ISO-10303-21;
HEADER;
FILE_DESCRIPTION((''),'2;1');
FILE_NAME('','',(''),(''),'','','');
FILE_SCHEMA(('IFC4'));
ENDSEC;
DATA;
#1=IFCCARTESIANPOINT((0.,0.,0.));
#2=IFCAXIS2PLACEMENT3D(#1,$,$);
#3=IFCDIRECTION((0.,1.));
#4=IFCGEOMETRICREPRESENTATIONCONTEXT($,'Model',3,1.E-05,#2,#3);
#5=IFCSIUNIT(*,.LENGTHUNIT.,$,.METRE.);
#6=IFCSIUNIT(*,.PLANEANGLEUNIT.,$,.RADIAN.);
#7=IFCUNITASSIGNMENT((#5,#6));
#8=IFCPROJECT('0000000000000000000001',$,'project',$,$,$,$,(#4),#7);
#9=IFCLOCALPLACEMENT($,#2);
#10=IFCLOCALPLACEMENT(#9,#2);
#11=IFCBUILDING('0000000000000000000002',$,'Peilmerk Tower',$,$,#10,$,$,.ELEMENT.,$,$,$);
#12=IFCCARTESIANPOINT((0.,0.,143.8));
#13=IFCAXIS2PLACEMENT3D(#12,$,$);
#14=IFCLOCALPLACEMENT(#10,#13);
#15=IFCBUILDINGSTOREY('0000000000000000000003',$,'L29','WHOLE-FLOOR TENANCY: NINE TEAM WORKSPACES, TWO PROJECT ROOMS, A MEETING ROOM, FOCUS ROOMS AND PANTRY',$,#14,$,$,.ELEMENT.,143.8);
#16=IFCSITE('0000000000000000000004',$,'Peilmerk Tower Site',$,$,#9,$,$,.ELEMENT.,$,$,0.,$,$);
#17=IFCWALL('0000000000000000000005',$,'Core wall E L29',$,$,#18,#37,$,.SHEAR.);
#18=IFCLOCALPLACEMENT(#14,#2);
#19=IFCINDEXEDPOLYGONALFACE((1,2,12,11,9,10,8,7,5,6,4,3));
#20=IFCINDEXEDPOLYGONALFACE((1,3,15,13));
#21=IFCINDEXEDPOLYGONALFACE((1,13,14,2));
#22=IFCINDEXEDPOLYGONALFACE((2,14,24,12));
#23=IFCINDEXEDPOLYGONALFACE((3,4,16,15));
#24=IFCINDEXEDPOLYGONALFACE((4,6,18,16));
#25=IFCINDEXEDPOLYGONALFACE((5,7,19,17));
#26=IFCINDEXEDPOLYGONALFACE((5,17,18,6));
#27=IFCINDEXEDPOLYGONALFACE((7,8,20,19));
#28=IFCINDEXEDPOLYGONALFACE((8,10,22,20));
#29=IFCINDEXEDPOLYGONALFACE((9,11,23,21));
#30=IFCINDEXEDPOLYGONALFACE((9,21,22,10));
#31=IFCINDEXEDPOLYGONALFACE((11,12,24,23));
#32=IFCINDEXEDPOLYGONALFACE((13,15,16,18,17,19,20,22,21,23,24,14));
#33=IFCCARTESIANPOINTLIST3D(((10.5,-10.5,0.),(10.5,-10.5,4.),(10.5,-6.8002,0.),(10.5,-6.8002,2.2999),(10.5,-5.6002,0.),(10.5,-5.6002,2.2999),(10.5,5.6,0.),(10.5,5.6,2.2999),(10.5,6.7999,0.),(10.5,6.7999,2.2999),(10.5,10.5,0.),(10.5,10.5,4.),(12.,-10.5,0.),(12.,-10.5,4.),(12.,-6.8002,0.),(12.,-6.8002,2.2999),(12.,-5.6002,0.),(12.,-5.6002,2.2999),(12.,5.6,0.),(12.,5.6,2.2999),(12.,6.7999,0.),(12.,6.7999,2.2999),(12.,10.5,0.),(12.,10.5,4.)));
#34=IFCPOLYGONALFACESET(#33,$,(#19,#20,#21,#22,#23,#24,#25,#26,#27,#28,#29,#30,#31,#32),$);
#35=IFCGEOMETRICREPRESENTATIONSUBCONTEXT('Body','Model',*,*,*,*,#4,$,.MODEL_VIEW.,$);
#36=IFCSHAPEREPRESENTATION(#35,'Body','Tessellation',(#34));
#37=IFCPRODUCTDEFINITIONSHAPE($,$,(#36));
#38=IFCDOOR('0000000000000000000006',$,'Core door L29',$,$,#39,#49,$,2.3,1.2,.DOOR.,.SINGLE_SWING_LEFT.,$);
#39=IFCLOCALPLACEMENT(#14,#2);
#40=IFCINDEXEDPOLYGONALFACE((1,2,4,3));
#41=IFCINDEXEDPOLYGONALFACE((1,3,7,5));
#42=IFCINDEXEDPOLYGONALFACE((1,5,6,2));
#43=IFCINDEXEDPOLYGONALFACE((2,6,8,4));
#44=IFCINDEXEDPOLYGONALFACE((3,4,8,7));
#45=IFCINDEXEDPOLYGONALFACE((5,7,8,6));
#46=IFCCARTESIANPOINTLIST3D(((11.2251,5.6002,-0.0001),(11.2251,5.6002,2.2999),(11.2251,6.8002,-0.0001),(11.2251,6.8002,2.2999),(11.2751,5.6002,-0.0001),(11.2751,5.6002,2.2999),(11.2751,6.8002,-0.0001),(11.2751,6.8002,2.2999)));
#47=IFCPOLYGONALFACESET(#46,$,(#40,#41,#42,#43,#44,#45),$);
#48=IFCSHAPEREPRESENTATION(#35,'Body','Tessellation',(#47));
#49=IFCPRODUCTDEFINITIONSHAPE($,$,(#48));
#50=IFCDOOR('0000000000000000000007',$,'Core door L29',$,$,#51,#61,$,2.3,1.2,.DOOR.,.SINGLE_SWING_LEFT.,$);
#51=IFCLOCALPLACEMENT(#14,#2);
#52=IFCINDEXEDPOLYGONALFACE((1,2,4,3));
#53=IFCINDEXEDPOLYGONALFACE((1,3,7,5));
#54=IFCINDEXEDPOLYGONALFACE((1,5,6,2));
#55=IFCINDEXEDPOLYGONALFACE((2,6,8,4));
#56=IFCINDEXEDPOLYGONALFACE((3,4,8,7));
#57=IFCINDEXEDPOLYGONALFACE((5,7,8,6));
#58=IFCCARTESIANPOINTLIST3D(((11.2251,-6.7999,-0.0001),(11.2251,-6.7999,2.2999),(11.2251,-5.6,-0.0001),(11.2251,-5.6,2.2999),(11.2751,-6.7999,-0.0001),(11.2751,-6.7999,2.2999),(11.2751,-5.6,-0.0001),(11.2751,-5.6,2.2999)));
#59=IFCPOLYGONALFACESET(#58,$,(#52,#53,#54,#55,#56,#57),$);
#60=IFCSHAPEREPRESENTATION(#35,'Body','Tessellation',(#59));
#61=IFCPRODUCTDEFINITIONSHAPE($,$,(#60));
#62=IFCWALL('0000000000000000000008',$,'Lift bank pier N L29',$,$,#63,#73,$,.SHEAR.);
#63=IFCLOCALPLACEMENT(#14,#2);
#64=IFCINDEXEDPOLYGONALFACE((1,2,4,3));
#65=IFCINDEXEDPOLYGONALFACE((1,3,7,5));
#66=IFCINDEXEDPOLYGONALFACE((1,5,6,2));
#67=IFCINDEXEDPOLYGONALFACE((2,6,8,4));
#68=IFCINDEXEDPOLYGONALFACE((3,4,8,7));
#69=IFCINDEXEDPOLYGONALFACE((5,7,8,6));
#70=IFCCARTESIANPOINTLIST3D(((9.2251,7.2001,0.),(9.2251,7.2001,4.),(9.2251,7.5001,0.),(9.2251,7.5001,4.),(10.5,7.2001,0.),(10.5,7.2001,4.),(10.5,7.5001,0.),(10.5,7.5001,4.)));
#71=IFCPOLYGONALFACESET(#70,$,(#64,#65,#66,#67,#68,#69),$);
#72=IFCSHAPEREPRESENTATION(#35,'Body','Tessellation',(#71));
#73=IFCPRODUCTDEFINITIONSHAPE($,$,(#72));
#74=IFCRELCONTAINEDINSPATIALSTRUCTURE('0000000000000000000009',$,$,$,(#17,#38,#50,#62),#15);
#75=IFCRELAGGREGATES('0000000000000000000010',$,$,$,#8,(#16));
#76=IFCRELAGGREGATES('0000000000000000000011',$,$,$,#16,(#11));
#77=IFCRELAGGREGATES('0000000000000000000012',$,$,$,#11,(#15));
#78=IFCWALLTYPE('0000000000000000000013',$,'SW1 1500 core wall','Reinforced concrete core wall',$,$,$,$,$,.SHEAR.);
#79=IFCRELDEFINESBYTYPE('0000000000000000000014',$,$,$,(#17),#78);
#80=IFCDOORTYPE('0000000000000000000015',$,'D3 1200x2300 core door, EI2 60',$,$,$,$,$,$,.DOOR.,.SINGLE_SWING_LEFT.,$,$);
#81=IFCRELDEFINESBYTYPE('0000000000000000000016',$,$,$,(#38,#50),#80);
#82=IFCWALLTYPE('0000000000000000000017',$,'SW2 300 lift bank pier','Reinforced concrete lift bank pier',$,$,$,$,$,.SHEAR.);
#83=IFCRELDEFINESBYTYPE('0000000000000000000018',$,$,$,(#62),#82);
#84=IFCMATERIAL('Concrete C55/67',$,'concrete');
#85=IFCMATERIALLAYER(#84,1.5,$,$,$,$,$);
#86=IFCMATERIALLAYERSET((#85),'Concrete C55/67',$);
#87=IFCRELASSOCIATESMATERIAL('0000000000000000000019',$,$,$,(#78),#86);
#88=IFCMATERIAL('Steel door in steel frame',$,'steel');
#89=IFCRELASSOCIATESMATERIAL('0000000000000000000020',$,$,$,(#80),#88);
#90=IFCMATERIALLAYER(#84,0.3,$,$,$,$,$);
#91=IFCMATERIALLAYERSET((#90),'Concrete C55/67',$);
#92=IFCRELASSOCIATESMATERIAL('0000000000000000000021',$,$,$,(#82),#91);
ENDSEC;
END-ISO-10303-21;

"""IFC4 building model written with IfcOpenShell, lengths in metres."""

from ifc_helpers import new_model, si_unit, direction, frame, frame_2d, origin, place, context, subcontext, project, spatial, rectangle, extrude, material, layer, layer_set, type_object, element, fill, save


model = new_model("IFC4")

# Units and contexts
model_context = context("Model", 3, precision=1e-05, world=origin(), true_north=direction((0.0, 1.0)))
body_context = subcontext(model_context, "Body", "Model", "MODEL_VIEW")
ifc_project = project(units=[si_unit("LENGTHUNIT", "METRE"), si_unit("PLANEANGLEUNIT", "RADIAN")], contexts=[model_context])

# Site, building, storey
site_placement = place(None, origin())
site = spatial("IfcSite", under=ifc_project, at=site_placement, Name="Peilmerk Tower Site", CompositionType="ELEMENT", RefElevation=0.0)
building_placement = place(site_placement, origin())
building = spatial("IfcBuilding", under=site, at=building_placement, Name="Peilmerk Tower", CompositionType="ELEMENT")
storey_placement = place(building_placement, frame((0.0, 0.0, 143.8)))
storey = spatial("IfcBuildingStorey", under=building, at=storey_placement, Name="L29", Description="WHOLE-FLOOR TENANCY: NINE TEAM WORKSPACES, TWO PROJECT ROOMS, A MEETING ROOM, FOCUS ROOMS AND PANTRY", CompositionType="ELEMENT", Elevation=143.8)

# Wall, openings, doors
ifc_material_1 = material(Name="Concrete C55/67", Category="concrete")
ifc_layer_1 = layer(ifc_material_1, 1.5)
ifc_layer_set_1 = layer_set([ifc_layer_1], Name="Concrete C55/67")
wall_type_1 = type_object("IfcWallType", Name="SW1 1500 core wall", Description="Reinforced concrete core wall", PredefinedType="SHEAR", material=ifc_layer_set_1)
wall_1_placement = place(storey_placement, frame((11.25, 10.5, 0.0), z_axis=(0.0, 0.0, 1.0), x_axis=(0.0, -1.0, 0.0)))
wall_1 = element("IfcWall", 1, at=wall_1_placement, inside=storey, type_object=wall_type_1, Name="Core wall E L29", PredefinedType="SHEAR", context=body_context, shape_type="SweptSolid", body=[
    extrude(rectangle(XDim=21.0, YDim=1.5, at=frame_2d((10.5, 0.0))), origin(), (0.0, 0.0, 1.0), 4.0),
])
opening_1_placement = place(wall_1_placement, frame((3.7, 0.0, 0.0)))
opening_1 = element("IfcOpeningElement", 2, at=opening_1_placement, cuts=wall_1, PredefinedType="OPENING", context=body_context, shape_type="SweptSolid", body=[
    extrude(rectangle(XDim=1.2, YDim=2.3, at=frame_2d((0.6001, 1.1499))), frame((0.0, 0.76, 0.0), z_axis=(0.0, -1.0, 0.0), x_axis=(1.0, 0.0, 0.0)), (0.0, 0.0, 1.0), 1.52),
])
opening_2_placement = place(wall_1_placement, frame((16.1001, 0.0, 0.0)))
opening_2 = element("IfcOpeningElement", 3, at=opening_2_placement, cuts=wall_1, PredefinedType="OPENING", context=body_context, shape_type="SweptSolid", body=[
    extrude(rectangle(XDim=1.2, YDim=2.3, at=frame_2d((0.6001, 1.1499))), frame((0.0, 0.76, 0.0), z_axis=(0.0, -1.0, 0.0), x_axis=(1.0, 0.0, 0.0)), (0.0, 0.0, 1.0), 1.52),
])
ifc_material_2 = material(Name="Steel door in steel frame", Category="steel")
door_type = type_object("IfcDoorType", Name="D3 1200x2300 core door, EI2 60", OperationType="SINGLE_SWING_LEFT", PredefinedType="DOOR", material=ifc_material_2)
door_1_placement = place(opening_1_placement, frame((1.2, 0.0, 0.0), z_axis=(0.0, 0.0, 1.0), x_axis=(-1.0, 0.0, 0.0)))
door_1 = element("IfcDoor", 4, at=door_1_placement, inside=storey, type_object=door_type, Name="Core door L29", OperationType="SINGLE_SWING_LEFT", OverallHeight=2.3, OverallWidth=1.2, PredefinedType="DOOR", context=body_context, shape_type="SweptSolid", body=[
    extrude(rectangle(XDim=1.2, YDim=2.3, at=frame_2d((0.6001, 1.1499))), frame((0.0, 0.0249, 0.0), z_axis=(0.0, -1.0, 0.0), x_axis=(1.0, 0.0, 0.0)), (0.0, 0.0, 1.0), 0.05),
])
fill(opening_1, door_1)
door_2_placement = place(opening_2_placement, frame((1.2, 0.0, 0.0), z_axis=(0.0, 0.0, 1.0), x_axis=(-1.0, 0.0, 0.0)))
door_2 = element("IfcDoor", 5, at=door_2_placement, inside=storey, type_object=door_type, Name="Core door L29", OperationType="SINGLE_SWING_LEFT", OverallHeight=2.3, OverallWidth=1.2, PredefinedType="DOOR", context=body_context, shape_type="SweptSolid", body=[
    extrude(rectangle(XDim=1.2, YDim=2.3, at=frame_2d((0.6001, 1.1499))), frame((0.0, 0.0249, 0.0), z_axis=(0.0, -1.0, 0.0), x_axis=(1.0, 0.0, 0.0)), (0.0, 0.0, 1.0), 0.05),
])
fill(opening_2, door_2)

# Wall
ifc_layer_2 = layer(ifc_material_1, 0.3)
ifc_layer_set_2 = layer_set([ifc_layer_2], Name="Concrete C55/67")
wall_type_2 = type_object("IfcWallType", Name="SW2 300 lift bank pier", Description="Reinforced concrete lift bank pier", PredefinedType="SHEAR", material=ifc_layer_set_2)
wall_2_placement = place(storey_placement, frame((9.2251, 7.3501, 0.0), z_axis=(0.0, 0.0, 1.0), x_axis=(1.0, 0.0, 0.0)))
element("IfcWall", 6, at=wall_2_placement, inside=storey, type_object=wall_type_2, Name="Lift bank pier N L29", PredefinedType="SHEAR", context=body_context, shape_type="SweptSolid", body=[
    extrude(rectangle(XDim=1.2749, YDim=0.3, at=frame_2d((0.6375, 0.0))), origin(), (0.0, 0.0, 1.0), 4.0),
])

save(model, "model.ifc")
